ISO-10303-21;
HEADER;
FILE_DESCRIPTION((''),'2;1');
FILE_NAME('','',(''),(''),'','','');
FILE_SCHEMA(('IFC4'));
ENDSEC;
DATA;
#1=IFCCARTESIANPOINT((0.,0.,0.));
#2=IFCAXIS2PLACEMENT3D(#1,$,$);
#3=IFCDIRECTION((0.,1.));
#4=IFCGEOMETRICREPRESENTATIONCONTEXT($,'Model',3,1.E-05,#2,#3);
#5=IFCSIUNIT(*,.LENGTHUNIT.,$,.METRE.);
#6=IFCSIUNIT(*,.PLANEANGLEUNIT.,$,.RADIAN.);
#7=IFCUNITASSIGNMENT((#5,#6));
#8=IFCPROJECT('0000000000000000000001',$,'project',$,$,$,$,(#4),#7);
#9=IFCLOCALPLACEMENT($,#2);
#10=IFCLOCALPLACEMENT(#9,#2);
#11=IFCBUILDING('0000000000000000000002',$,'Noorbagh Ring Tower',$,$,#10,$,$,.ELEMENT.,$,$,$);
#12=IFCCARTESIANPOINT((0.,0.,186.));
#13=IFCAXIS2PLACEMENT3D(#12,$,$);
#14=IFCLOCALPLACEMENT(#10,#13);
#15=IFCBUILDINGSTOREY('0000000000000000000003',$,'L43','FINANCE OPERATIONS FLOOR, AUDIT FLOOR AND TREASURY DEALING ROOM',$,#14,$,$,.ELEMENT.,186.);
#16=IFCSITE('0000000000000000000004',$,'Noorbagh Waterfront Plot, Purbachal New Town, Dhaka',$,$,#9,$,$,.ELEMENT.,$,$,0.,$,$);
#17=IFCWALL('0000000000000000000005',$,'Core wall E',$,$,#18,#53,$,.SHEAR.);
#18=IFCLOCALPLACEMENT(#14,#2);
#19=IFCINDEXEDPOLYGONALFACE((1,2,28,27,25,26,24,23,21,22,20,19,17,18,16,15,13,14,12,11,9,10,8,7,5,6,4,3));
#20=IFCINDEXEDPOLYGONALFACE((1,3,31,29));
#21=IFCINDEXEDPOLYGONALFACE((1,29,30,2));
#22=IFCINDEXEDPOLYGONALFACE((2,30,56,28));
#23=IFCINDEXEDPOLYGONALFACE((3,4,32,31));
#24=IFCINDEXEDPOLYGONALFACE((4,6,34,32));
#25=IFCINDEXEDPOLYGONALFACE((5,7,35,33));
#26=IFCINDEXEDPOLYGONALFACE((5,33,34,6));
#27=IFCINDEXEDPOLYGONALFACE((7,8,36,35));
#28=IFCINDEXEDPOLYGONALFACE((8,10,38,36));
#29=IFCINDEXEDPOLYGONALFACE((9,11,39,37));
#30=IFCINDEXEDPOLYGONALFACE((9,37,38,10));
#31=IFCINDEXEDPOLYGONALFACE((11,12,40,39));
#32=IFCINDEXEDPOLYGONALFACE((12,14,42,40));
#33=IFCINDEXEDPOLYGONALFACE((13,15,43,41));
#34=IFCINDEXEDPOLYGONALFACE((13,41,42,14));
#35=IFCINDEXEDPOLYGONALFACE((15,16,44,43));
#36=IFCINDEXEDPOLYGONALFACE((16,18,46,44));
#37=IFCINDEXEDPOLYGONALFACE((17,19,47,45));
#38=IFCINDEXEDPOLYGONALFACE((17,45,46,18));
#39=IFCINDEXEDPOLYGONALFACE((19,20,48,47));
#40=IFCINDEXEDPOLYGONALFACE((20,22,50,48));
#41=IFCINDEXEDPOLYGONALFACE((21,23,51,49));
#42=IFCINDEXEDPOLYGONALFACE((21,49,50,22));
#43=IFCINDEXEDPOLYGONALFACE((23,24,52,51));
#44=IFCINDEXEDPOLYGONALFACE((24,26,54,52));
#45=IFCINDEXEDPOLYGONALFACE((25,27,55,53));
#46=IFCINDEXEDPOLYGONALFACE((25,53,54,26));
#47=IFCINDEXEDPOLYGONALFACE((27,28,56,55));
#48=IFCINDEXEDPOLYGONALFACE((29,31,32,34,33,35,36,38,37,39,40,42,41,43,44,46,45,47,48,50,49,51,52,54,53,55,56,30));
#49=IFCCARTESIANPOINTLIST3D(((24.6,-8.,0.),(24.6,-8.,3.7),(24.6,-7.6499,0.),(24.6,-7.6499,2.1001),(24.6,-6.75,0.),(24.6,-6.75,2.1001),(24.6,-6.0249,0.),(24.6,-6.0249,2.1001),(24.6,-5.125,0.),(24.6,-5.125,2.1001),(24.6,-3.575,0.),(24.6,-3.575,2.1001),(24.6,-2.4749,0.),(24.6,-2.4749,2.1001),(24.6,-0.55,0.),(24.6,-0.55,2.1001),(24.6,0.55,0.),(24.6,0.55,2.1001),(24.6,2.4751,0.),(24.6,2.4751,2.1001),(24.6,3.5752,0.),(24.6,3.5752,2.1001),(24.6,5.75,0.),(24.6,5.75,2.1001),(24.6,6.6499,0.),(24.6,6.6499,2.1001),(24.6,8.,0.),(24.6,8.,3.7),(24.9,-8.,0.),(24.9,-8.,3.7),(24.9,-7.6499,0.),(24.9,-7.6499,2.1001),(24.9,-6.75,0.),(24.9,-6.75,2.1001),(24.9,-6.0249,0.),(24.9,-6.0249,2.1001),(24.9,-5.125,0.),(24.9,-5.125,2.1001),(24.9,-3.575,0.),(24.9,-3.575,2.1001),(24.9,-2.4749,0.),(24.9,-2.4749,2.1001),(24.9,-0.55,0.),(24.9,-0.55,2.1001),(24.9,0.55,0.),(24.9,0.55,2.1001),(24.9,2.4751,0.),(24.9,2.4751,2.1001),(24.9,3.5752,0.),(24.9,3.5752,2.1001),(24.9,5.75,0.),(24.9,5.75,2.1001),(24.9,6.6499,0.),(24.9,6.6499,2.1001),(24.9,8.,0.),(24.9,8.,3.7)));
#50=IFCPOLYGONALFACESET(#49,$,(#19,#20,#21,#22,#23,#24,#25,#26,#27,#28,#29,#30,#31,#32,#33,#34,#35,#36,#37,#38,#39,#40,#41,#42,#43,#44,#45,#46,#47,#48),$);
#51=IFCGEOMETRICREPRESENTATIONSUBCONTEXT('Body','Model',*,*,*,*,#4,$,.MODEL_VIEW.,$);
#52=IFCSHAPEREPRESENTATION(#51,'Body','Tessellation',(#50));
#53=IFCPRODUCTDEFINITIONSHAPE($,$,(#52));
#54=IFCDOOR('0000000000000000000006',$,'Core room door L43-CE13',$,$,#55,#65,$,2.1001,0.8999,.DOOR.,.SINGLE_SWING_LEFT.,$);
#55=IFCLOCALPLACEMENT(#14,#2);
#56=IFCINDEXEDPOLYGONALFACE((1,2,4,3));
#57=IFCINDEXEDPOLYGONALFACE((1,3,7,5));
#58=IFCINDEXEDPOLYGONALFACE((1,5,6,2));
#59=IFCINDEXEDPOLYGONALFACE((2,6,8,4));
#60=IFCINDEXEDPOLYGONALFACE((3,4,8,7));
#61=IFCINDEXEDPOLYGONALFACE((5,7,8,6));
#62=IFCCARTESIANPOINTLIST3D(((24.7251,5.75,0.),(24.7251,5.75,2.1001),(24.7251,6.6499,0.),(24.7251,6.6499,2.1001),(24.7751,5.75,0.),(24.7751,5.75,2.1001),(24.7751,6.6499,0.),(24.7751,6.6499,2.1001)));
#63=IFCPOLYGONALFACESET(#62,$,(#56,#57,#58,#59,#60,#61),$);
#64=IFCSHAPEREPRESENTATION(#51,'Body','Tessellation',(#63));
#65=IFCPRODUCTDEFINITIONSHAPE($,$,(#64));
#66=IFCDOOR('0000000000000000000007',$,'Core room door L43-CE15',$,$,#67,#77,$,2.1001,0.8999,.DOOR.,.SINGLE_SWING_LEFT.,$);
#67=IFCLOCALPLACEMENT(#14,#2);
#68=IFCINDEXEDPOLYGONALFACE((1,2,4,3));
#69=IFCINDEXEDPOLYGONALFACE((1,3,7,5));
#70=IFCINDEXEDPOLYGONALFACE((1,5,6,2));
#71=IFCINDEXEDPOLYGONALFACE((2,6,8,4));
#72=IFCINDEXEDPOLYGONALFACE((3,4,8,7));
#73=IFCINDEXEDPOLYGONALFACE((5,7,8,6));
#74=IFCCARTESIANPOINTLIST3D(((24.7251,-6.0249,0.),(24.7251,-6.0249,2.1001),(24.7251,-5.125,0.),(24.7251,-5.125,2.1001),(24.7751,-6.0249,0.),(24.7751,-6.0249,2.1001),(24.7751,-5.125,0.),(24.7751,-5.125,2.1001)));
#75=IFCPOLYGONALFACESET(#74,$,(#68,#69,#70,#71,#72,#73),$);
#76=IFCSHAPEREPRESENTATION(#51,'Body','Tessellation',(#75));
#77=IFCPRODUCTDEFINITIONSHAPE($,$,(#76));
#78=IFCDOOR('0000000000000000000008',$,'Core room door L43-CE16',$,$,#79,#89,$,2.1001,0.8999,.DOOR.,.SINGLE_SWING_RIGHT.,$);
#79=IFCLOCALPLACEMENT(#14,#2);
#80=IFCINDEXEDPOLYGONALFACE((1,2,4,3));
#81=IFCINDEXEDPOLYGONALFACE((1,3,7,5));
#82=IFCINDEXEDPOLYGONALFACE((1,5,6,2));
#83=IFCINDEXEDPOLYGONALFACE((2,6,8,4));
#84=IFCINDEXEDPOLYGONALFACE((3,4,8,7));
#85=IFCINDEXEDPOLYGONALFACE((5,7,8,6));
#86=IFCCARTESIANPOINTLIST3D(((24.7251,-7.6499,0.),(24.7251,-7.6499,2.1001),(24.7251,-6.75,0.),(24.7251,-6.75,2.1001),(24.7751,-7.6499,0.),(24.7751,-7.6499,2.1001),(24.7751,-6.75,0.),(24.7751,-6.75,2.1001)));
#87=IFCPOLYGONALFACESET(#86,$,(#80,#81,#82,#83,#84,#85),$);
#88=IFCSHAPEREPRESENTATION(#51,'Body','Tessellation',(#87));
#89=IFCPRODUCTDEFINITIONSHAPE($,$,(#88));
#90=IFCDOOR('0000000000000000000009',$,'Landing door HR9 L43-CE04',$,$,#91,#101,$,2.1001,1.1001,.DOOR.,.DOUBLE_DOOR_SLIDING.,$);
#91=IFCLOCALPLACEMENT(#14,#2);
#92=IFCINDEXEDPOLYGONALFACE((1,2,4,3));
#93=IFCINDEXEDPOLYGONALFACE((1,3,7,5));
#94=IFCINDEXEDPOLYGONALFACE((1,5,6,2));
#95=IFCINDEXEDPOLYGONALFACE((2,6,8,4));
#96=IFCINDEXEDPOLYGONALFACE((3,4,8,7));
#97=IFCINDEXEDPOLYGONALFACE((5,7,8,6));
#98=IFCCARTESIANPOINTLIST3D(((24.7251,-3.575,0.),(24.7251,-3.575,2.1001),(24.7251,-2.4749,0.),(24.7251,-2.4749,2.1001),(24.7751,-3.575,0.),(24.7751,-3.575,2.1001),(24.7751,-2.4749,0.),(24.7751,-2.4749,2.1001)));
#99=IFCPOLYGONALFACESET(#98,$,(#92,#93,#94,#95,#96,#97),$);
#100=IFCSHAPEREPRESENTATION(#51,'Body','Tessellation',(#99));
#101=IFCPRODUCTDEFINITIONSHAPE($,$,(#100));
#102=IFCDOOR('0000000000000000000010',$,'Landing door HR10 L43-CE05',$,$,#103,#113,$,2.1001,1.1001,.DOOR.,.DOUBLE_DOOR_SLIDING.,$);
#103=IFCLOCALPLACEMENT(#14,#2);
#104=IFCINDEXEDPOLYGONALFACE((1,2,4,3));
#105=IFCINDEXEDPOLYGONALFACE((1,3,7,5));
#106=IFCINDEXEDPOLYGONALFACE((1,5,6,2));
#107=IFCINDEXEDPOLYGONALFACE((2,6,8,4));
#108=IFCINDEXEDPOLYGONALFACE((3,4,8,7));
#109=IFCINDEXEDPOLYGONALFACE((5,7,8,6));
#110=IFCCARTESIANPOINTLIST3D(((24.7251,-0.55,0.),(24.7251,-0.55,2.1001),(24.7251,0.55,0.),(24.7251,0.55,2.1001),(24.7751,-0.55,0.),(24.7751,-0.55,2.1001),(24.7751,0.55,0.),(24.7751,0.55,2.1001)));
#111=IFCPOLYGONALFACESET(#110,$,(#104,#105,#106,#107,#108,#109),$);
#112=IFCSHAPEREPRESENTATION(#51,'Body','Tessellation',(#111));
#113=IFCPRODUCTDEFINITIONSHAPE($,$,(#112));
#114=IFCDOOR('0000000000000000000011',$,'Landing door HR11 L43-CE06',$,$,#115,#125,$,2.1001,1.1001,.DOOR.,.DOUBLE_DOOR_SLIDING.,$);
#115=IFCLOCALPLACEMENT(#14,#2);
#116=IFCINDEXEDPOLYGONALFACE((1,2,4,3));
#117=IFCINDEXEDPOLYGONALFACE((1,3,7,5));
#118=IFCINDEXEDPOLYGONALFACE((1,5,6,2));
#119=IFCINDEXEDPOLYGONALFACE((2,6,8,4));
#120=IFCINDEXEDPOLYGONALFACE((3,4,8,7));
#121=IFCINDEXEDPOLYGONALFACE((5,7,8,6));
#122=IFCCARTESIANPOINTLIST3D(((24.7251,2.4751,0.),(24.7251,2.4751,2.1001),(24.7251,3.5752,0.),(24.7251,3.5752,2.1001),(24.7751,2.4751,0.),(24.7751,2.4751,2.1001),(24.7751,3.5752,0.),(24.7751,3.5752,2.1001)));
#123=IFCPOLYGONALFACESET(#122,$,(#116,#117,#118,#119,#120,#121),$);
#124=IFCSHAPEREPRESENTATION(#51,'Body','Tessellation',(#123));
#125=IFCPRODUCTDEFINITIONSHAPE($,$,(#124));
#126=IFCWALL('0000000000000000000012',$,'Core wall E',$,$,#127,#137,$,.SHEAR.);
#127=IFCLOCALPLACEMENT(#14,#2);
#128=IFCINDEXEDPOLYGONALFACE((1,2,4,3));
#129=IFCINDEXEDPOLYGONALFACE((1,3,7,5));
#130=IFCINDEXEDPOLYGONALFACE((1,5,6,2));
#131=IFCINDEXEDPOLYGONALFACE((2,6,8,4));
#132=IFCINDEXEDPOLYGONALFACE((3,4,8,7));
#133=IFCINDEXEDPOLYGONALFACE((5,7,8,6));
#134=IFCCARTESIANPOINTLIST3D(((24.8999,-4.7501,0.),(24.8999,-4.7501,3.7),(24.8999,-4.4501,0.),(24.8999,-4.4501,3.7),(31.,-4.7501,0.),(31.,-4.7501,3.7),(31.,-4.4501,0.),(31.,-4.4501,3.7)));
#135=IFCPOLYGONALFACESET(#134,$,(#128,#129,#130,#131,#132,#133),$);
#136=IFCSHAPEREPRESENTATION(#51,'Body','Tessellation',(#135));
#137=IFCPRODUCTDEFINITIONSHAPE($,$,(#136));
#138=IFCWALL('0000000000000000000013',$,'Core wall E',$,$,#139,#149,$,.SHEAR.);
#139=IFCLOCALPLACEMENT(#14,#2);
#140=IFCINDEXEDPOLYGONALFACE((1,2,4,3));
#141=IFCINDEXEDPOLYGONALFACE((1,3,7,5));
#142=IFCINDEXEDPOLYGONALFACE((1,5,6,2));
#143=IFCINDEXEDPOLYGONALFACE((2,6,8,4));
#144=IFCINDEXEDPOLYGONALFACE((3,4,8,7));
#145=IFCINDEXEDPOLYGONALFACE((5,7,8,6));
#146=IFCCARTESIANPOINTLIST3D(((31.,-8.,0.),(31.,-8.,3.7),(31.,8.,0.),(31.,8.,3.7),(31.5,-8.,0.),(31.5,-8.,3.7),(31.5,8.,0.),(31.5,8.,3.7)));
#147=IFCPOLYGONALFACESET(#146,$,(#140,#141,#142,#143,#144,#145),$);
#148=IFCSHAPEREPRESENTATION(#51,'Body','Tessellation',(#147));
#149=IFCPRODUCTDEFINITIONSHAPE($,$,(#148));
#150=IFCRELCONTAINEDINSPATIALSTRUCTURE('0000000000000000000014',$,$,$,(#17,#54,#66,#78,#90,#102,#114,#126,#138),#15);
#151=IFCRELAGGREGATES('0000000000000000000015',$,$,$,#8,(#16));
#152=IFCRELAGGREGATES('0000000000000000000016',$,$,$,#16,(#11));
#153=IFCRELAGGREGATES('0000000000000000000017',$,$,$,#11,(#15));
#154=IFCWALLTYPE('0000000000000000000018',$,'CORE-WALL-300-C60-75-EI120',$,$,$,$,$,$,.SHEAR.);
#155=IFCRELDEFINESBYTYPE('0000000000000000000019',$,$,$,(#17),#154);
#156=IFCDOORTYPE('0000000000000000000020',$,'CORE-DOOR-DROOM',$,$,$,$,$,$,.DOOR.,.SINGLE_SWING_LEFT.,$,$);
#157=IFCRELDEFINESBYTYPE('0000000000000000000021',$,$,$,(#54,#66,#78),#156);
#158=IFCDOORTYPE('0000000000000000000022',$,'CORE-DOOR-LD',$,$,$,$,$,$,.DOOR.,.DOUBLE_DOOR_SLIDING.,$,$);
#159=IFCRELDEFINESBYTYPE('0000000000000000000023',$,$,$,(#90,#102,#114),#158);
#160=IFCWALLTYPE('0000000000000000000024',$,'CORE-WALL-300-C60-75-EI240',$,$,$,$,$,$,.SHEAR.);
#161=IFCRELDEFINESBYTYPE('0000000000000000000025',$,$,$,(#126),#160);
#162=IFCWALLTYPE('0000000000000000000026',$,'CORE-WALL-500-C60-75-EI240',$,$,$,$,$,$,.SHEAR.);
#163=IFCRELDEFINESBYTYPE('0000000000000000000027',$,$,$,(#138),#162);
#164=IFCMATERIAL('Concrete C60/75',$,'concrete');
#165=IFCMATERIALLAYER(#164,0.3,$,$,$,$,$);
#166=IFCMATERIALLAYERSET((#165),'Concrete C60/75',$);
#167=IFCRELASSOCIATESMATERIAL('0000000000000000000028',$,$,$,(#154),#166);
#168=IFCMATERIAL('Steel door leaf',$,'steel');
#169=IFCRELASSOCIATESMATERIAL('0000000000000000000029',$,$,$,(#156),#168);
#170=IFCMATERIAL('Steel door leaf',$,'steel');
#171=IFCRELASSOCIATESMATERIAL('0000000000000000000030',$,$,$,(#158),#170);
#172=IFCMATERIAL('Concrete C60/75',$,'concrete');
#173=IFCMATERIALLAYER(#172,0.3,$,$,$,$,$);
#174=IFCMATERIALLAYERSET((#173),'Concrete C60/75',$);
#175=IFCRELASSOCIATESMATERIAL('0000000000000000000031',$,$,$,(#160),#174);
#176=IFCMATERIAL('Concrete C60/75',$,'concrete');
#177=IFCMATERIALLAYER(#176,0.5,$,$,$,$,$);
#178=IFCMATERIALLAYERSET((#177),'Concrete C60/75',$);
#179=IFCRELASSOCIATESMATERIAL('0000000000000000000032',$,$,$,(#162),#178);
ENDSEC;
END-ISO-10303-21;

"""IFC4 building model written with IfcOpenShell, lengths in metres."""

from ifc_helpers import new_model, si_unit, direction, frame, frame_2d, origin, place, context, subcontext, project, spatial, rectangle, extrude, material, layer, layer_set, type_object, element, fill, save


model = new_model("IFC4")

# Units and contexts
model_context = context("Model", 3, precision=1e-05, world=origin(), true_north=direction((0.0, 1.0)))
body_context = subcontext(model_context, "Body", "Model", "MODEL_VIEW")
ifc_project = project(units=[si_unit("LENGTHUNIT", "METRE"), si_unit("PLANEANGLEUNIT", "RADIAN")], contexts=[model_context])

# Site, building, storey
site_placement = place(None, origin())
site = spatial("IfcSite", under=ifc_project, at=site_placement, Name="Noorbagh Waterfront Plot, Purbachal New Town, Dhaka", CompositionType="ELEMENT", RefElevation=0.0)
building_placement = place(site_placement, origin())
building = spatial("IfcBuilding", under=site, at=building_placement, Name="Noorbagh Ring Tower", CompositionType="ELEMENT")
storey_placement = place(building_placement, frame((0.0, 0.0, 186.0)))
storey = spatial("IfcBuildingStorey", under=building, at=storey_placement, Name="L43", Description="FINANCE OPERATIONS FLOOR, AUDIT FLOOR AND TREASURY DEALING ROOM", CompositionType="ELEMENT", Elevation=186.0)

# Shared definitions
ifc_material_1 = material(Name="Concrete C60/75", Category="concrete")
ifc_layer_1 = layer(ifc_material_1, 0.3)
ifc_layer_set_1 = layer_set([ifc_layer_1], Name="Concrete C60/75")
wall_type_1 = type_object("IfcWallType", Name="CORE-WALL-300-C60-75-EI120", PredefinedType="SHEAR", material=ifc_layer_set_1)

# Wall, openings, doors
wall_1_placement = place(storey_placement, frame((24.75, -8.0, 0.0), z_axis=(0.0, 0.0, 1.0), x_axis=(0.0, 1.0, 0.0)))
wall_1 = element("IfcWall", 1, at=wall_1_placement, inside=storey, type_object=wall_type_1, Name="Core wall E", PredefinedType="SHEAR", context=body_context, shape_type="SweptSolid", body=[
    extrude(rectangle(XDim=16.0, YDim=0.3, at=frame_2d((8.0, 0.0))), origin(), (0.0, 0.0, 1.0), 3.7),
])
opening_1_placement = place(wall_1_placement, frame((4.425, 0.0, 0.0)))
opening_1 = element("IfcOpeningElement", 2, at=opening_1_placement, cuts=wall_1, PredefinedType="OPENING", context=body_context, shape_type="SweptSolid", body=[
    extrude(rectangle(XDim=1.1001, YDim=2.1001, at=frame_2d((0.55, 1.05))), frame((0.0, 0.1602, 0.0), z_axis=(0.0, -1.0, 0.0), x_axis=(1.0, 0.0, 0.0)), (0.0, 0.0, 1.0), 0.3201),
])
opening_2_placement = place(wall_1_placement, frame((7.45, 0.0, 0.0)))
opening_2 = element("IfcOpeningElement", 3, at=opening_2_placement, cuts=wall_1, PredefinedType="OPENING", context=body_context, shape_type="SweptSolid", body=[
    extrude(rectangle(XDim=1.1001, YDim=2.1001, at=frame_2d((0.55, 1.05))), frame((0.0, 0.1602, 0.0), z_axis=(0.0, -1.0, 0.0), x_axis=(1.0, 0.0, 0.0)), (0.0, 0.0, 1.0), 0.3201),
])
opening_3_placement = place(wall_1_placement, frame((10.4751, 0.0, 0.0)))
opening_3 = element("IfcOpeningElement", 4, at=opening_3_placement, cuts=wall_1, PredefinedType="OPENING", context=body_context, shape_type="SweptSolid", body=[
    extrude(rectangle(XDim=1.1001, YDim=2.1001, at=frame_2d((0.55, 1.05))), frame((0.0, 0.1602, 0.0), z_axis=(0.0, -1.0, 0.0), x_axis=(1.0, 0.0, 0.0)), (0.0, 0.0, 1.0), 0.3201),
])
opening_4_placement = place(wall_1_placement, frame((13.75, 0.0, 0.0)))
opening_4 = element("IfcOpeningElement", 5, at=opening_4_placement, cuts=wall_1, PredefinedType="OPENING", context=body_context, shape_type="SweptSolid", body=[
    extrude(rectangle(XDim=0.8999, YDim=2.1001, at=frame_2d((0.45, 1.05))), frame((0.0, 0.1602, 0.0), z_axis=(0.0, -1.0, 0.0), x_axis=(1.0, 0.0, 0.0)), (0.0, 0.0, 1.0), 0.3201),
])
opening_5_placement = place(wall_1_placement, frame((1.9751, 0.0, 0.0)))
opening_5 = element("IfcOpeningElement", 6, at=opening_5_placement, cuts=wall_1, PredefinedType="OPENING", context=body_context, shape_type="SweptSolid", body=[
    extrude(rectangle(XDim=0.8999, YDim=2.1001, at=frame_2d((0.45, 1.05))), frame((0.0, 0.1602, 0.0), z_axis=(0.0, -1.0, 0.0), x_axis=(1.0, 0.0, 0.0)), (0.0, 0.0, 1.0), 0.3201),
])
opening_6_placement = place(wall_1_placement, frame((0.3501, 0.0, 0.0)))
opening_6 = element("IfcOpeningElement", 7, at=opening_6_placement, cuts=wall_1, PredefinedType="OPENING", context=body_context, shape_type="SweptSolid", body=[
    extrude(rectangle(XDim=0.8999, YDim=2.1001, at=frame_2d((0.45, 1.05))), frame((0.0, 0.1602, 0.0), z_axis=(0.0, -1.0, 0.0), x_axis=(1.0, 0.0, 0.0)), (0.0, 0.0, 1.0), 0.3201),
])
ifc_material_2 = material(Name="Steel door leaf", Category="steel")
door_type_1 = type_object("IfcDoorType", Name="CORE-DOOR-DROOM", OperationType="SINGLE_SWING_LEFT", PredefinedType="DOOR", material=ifc_material_2)
door_1_placement = place(opening_4_placement, origin())
door_1 = element("IfcDoor", 8, at=door_1_placement, inside=storey, type_object=door_type_1, Name="Core room door L43-CE13", OperationType="SINGLE_SWING_LEFT", OverallHeight=2.1001, OverallWidth=0.8999, PredefinedType="DOOR", context=body_context, shape_type="SweptSolid", body=[
    extrude(rectangle(XDim=0.8999, YDim=2.1001, at=frame_2d((0.45, 1.05))), frame((0.0, 0.0249, 0.0), z_axis=(0.0, -1.0, 0.0), x_axis=(1.0, 0.0, 0.0)), (0.0, 0.0, 1.0), 0.05),
])
fill(opening_4, door_1)
door_2_placement = place(opening_5_placement, origin())
door_2 = element("IfcDoor", 9, at=door_2_placement, inside=storey, type_object=door_type_1, Name="Core room door L43-CE15", OperationType="SINGLE_SWING_LEFT", OverallHeight=2.1001, OverallWidth=0.8999, PredefinedType="DOOR", context=body_context, shape_type="SweptSolid", body=[
    extrude(rectangle(XDim=0.8999, YDim=2.1001, at=frame_2d((0.45, 1.05))), frame((0.0, 0.0249, 0.0), z_axis=(0.0, -1.0, 0.0), x_axis=(1.0, 0.0, 0.0)), (0.0, 0.0, 1.0), 0.05),
])
fill(opening_5, door_2)
door_3_placement = place(opening_6_placement, origin())
door_3 = element("IfcDoor", 10, at=door_3_placement, inside=storey, type_object=door_type_1, Name="Core room door L43-CE16", OperationType="SINGLE_SWING_RIGHT", OverallHeight=2.1001, OverallWidth=0.8999, PredefinedType="DOOR", context=body_context, shape_type="SweptSolid", body=[
    extrude(rectangle(XDim=0.8999, YDim=2.1001, at=frame_2d((0.45, 1.05))), frame((0.0, 0.0249, 0.0), z_axis=(0.0, -1.0, 0.0), x_axis=(1.0, 0.0, 0.0)), (0.0, 0.0, 1.0), 0.05),
])
fill(opening_6, door_3)
ifc_material_3 = material(Name="Steel door leaf", Category="steel")
door_type_2 = type_object("IfcDoorType", Name="CORE-DOOR-LD", OperationType="DOUBLE_DOOR_SLIDING", PredefinedType="DOOR", material=ifc_material_3)
door_4_placement = place(opening_1_placement, origin())
door_4 = element("IfcDoor", 11, at=door_4_placement, inside=storey, type_object=door_type_2, Name="Landing door HR9 L43-CE04", OperationType="DOUBLE_DOOR_SLIDING", OverallHeight=2.1001, OverallWidth=1.1001, PredefinedType="DOOR", context=body_context, shape_type="SweptSolid", body=[
    extrude(rectangle(XDim=1.1001, YDim=2.1001, at=frame_2d((0.55, 1.05))), frame((0.0, 0.0249, 0.0), z_axis=(0.0, -1.0, 0.0), x_axis=(1.0, 0.0, 0.0)), (0.0, 0.0, 1.0), 0.05),
])
fill(opening_1, door_4)
door_5_placement = place(opening_2_placement, origin())
door_5 = element("IfcDoor", 12, at=door_5_placement, inside=storey, type_object=door_type_2, Name="Landing door HR10 L43-CE05", OperationType="DOUBLE_DOOR_SLIDING", OverallHeight=2.1001, OverallWidth=1.1001, PredefinedType="DOOR", context=body_context, shape_type="SweptSolid", body=[
    extrude(rectangle(XDim=1.1001, YDim=2.1001, at=frame_2d((0.55, 1.05))), frame((0.0, 0.0249, 0.0), z_axis=(0.0, -1.0, 0.0), x_axis=(1.0, 0.0, 0.0)), (0.0, 0.0, 1.0), 0.05),
])
fill(opening_2, door_5)
door_6_placement = place(opening_3_placement, origin())
door_6 = element("IfcDoor", 13, at=door_6_placement, inside=storey, type_object=door_type_2, Name="Landing door HR11 L43-CE06", OperationType="DOUBLE_DOOR_SLIDING", OverallHeight=2.1001, OverallWidth=1.1001, PredefinedType="DOOR", context=body_context, shape_type="SweptSolid", body=[
    extrude(rectangle(XDim=1.1001, YDim=2.1001, at=frame_2d((0.55, 1.05))), frame((0.0, 0.0249, 0.0), z_axis=(0.0, -1.0, 0.0), x_axis=(1.0, 0.0, 0.0)), (0.0, 0.0, 1.0), 0.05),
])
fill(opening_3, door_6)

# Walls
ifc_material_4 = material(Name="Concrete C60/75", Category="concrete")
ifc_layer_2 = layer(ifc_material_4, 0.3)
ifc_layer_set_2 = layer_set([ifc_layer_2], Name="Concrete C60/75")
wall_type_2 = type_object("IfcWallType", Name="CORE-WALL-300-C60-75-EI240", PredefinedType="SHEAR", material=ifc_layer_set_2)
wall_2_placement = place(storey_placement, frame((24.8999, -4.6001, 0.0), z_axis=(0.0, 0.0, 1.0), x_axis=(1.0, 0.0, 0.0)))
element("IfcWall", 14, at=wall_2_placement, inside=storey, type_object=wall_type_2, Name="Core wall E", PredefinedType="SHEAR", context=body_context, shape_type="SweptSolid", body=[
    extrude(rectangle(XDim=6.1001, YDim=0.3, at=frame_2d((3.05, 0.0))), origin(), (0.0, 0.0, 1.0), 3.7),
])
ifc_material_5 = material(Name="Concrete C60/75", Category="concrete")
ifc_layer_3 = layer(ifc_material_5, 0.5)
ifc_layer_set_3 = layer_set([ifc_layer_3], Name="Concrete C60/75")
wall_type_3 = type_object("IfcWallType", Name="CORE-WALL-500-C60-75-EI240", PredefinedType="SHEAR", material=ifc_layer_set_3)
wall_3_placement = place(storey_placement, frame((31.25, -8.0, 0.0), z_axis=(0.0, 0.0, 1.0), x_axis=(0.0, 1.0, 0.0)))
element("IfcWall", 15, at=wall_3_placement, inside=storey, type_object=wall_type_3, Name="Core wall E", PredefinedType="SHEAR", context=body_context, shape_type="SweptSolid", body=[
    extrude(rectangle(XDim=16.0, YDim=0.5, at=frame_2d((8.0, 0.0))), origin(), (0.0, 0.0, 1.0), 3.7),
])

save(model, "model.ifc")
